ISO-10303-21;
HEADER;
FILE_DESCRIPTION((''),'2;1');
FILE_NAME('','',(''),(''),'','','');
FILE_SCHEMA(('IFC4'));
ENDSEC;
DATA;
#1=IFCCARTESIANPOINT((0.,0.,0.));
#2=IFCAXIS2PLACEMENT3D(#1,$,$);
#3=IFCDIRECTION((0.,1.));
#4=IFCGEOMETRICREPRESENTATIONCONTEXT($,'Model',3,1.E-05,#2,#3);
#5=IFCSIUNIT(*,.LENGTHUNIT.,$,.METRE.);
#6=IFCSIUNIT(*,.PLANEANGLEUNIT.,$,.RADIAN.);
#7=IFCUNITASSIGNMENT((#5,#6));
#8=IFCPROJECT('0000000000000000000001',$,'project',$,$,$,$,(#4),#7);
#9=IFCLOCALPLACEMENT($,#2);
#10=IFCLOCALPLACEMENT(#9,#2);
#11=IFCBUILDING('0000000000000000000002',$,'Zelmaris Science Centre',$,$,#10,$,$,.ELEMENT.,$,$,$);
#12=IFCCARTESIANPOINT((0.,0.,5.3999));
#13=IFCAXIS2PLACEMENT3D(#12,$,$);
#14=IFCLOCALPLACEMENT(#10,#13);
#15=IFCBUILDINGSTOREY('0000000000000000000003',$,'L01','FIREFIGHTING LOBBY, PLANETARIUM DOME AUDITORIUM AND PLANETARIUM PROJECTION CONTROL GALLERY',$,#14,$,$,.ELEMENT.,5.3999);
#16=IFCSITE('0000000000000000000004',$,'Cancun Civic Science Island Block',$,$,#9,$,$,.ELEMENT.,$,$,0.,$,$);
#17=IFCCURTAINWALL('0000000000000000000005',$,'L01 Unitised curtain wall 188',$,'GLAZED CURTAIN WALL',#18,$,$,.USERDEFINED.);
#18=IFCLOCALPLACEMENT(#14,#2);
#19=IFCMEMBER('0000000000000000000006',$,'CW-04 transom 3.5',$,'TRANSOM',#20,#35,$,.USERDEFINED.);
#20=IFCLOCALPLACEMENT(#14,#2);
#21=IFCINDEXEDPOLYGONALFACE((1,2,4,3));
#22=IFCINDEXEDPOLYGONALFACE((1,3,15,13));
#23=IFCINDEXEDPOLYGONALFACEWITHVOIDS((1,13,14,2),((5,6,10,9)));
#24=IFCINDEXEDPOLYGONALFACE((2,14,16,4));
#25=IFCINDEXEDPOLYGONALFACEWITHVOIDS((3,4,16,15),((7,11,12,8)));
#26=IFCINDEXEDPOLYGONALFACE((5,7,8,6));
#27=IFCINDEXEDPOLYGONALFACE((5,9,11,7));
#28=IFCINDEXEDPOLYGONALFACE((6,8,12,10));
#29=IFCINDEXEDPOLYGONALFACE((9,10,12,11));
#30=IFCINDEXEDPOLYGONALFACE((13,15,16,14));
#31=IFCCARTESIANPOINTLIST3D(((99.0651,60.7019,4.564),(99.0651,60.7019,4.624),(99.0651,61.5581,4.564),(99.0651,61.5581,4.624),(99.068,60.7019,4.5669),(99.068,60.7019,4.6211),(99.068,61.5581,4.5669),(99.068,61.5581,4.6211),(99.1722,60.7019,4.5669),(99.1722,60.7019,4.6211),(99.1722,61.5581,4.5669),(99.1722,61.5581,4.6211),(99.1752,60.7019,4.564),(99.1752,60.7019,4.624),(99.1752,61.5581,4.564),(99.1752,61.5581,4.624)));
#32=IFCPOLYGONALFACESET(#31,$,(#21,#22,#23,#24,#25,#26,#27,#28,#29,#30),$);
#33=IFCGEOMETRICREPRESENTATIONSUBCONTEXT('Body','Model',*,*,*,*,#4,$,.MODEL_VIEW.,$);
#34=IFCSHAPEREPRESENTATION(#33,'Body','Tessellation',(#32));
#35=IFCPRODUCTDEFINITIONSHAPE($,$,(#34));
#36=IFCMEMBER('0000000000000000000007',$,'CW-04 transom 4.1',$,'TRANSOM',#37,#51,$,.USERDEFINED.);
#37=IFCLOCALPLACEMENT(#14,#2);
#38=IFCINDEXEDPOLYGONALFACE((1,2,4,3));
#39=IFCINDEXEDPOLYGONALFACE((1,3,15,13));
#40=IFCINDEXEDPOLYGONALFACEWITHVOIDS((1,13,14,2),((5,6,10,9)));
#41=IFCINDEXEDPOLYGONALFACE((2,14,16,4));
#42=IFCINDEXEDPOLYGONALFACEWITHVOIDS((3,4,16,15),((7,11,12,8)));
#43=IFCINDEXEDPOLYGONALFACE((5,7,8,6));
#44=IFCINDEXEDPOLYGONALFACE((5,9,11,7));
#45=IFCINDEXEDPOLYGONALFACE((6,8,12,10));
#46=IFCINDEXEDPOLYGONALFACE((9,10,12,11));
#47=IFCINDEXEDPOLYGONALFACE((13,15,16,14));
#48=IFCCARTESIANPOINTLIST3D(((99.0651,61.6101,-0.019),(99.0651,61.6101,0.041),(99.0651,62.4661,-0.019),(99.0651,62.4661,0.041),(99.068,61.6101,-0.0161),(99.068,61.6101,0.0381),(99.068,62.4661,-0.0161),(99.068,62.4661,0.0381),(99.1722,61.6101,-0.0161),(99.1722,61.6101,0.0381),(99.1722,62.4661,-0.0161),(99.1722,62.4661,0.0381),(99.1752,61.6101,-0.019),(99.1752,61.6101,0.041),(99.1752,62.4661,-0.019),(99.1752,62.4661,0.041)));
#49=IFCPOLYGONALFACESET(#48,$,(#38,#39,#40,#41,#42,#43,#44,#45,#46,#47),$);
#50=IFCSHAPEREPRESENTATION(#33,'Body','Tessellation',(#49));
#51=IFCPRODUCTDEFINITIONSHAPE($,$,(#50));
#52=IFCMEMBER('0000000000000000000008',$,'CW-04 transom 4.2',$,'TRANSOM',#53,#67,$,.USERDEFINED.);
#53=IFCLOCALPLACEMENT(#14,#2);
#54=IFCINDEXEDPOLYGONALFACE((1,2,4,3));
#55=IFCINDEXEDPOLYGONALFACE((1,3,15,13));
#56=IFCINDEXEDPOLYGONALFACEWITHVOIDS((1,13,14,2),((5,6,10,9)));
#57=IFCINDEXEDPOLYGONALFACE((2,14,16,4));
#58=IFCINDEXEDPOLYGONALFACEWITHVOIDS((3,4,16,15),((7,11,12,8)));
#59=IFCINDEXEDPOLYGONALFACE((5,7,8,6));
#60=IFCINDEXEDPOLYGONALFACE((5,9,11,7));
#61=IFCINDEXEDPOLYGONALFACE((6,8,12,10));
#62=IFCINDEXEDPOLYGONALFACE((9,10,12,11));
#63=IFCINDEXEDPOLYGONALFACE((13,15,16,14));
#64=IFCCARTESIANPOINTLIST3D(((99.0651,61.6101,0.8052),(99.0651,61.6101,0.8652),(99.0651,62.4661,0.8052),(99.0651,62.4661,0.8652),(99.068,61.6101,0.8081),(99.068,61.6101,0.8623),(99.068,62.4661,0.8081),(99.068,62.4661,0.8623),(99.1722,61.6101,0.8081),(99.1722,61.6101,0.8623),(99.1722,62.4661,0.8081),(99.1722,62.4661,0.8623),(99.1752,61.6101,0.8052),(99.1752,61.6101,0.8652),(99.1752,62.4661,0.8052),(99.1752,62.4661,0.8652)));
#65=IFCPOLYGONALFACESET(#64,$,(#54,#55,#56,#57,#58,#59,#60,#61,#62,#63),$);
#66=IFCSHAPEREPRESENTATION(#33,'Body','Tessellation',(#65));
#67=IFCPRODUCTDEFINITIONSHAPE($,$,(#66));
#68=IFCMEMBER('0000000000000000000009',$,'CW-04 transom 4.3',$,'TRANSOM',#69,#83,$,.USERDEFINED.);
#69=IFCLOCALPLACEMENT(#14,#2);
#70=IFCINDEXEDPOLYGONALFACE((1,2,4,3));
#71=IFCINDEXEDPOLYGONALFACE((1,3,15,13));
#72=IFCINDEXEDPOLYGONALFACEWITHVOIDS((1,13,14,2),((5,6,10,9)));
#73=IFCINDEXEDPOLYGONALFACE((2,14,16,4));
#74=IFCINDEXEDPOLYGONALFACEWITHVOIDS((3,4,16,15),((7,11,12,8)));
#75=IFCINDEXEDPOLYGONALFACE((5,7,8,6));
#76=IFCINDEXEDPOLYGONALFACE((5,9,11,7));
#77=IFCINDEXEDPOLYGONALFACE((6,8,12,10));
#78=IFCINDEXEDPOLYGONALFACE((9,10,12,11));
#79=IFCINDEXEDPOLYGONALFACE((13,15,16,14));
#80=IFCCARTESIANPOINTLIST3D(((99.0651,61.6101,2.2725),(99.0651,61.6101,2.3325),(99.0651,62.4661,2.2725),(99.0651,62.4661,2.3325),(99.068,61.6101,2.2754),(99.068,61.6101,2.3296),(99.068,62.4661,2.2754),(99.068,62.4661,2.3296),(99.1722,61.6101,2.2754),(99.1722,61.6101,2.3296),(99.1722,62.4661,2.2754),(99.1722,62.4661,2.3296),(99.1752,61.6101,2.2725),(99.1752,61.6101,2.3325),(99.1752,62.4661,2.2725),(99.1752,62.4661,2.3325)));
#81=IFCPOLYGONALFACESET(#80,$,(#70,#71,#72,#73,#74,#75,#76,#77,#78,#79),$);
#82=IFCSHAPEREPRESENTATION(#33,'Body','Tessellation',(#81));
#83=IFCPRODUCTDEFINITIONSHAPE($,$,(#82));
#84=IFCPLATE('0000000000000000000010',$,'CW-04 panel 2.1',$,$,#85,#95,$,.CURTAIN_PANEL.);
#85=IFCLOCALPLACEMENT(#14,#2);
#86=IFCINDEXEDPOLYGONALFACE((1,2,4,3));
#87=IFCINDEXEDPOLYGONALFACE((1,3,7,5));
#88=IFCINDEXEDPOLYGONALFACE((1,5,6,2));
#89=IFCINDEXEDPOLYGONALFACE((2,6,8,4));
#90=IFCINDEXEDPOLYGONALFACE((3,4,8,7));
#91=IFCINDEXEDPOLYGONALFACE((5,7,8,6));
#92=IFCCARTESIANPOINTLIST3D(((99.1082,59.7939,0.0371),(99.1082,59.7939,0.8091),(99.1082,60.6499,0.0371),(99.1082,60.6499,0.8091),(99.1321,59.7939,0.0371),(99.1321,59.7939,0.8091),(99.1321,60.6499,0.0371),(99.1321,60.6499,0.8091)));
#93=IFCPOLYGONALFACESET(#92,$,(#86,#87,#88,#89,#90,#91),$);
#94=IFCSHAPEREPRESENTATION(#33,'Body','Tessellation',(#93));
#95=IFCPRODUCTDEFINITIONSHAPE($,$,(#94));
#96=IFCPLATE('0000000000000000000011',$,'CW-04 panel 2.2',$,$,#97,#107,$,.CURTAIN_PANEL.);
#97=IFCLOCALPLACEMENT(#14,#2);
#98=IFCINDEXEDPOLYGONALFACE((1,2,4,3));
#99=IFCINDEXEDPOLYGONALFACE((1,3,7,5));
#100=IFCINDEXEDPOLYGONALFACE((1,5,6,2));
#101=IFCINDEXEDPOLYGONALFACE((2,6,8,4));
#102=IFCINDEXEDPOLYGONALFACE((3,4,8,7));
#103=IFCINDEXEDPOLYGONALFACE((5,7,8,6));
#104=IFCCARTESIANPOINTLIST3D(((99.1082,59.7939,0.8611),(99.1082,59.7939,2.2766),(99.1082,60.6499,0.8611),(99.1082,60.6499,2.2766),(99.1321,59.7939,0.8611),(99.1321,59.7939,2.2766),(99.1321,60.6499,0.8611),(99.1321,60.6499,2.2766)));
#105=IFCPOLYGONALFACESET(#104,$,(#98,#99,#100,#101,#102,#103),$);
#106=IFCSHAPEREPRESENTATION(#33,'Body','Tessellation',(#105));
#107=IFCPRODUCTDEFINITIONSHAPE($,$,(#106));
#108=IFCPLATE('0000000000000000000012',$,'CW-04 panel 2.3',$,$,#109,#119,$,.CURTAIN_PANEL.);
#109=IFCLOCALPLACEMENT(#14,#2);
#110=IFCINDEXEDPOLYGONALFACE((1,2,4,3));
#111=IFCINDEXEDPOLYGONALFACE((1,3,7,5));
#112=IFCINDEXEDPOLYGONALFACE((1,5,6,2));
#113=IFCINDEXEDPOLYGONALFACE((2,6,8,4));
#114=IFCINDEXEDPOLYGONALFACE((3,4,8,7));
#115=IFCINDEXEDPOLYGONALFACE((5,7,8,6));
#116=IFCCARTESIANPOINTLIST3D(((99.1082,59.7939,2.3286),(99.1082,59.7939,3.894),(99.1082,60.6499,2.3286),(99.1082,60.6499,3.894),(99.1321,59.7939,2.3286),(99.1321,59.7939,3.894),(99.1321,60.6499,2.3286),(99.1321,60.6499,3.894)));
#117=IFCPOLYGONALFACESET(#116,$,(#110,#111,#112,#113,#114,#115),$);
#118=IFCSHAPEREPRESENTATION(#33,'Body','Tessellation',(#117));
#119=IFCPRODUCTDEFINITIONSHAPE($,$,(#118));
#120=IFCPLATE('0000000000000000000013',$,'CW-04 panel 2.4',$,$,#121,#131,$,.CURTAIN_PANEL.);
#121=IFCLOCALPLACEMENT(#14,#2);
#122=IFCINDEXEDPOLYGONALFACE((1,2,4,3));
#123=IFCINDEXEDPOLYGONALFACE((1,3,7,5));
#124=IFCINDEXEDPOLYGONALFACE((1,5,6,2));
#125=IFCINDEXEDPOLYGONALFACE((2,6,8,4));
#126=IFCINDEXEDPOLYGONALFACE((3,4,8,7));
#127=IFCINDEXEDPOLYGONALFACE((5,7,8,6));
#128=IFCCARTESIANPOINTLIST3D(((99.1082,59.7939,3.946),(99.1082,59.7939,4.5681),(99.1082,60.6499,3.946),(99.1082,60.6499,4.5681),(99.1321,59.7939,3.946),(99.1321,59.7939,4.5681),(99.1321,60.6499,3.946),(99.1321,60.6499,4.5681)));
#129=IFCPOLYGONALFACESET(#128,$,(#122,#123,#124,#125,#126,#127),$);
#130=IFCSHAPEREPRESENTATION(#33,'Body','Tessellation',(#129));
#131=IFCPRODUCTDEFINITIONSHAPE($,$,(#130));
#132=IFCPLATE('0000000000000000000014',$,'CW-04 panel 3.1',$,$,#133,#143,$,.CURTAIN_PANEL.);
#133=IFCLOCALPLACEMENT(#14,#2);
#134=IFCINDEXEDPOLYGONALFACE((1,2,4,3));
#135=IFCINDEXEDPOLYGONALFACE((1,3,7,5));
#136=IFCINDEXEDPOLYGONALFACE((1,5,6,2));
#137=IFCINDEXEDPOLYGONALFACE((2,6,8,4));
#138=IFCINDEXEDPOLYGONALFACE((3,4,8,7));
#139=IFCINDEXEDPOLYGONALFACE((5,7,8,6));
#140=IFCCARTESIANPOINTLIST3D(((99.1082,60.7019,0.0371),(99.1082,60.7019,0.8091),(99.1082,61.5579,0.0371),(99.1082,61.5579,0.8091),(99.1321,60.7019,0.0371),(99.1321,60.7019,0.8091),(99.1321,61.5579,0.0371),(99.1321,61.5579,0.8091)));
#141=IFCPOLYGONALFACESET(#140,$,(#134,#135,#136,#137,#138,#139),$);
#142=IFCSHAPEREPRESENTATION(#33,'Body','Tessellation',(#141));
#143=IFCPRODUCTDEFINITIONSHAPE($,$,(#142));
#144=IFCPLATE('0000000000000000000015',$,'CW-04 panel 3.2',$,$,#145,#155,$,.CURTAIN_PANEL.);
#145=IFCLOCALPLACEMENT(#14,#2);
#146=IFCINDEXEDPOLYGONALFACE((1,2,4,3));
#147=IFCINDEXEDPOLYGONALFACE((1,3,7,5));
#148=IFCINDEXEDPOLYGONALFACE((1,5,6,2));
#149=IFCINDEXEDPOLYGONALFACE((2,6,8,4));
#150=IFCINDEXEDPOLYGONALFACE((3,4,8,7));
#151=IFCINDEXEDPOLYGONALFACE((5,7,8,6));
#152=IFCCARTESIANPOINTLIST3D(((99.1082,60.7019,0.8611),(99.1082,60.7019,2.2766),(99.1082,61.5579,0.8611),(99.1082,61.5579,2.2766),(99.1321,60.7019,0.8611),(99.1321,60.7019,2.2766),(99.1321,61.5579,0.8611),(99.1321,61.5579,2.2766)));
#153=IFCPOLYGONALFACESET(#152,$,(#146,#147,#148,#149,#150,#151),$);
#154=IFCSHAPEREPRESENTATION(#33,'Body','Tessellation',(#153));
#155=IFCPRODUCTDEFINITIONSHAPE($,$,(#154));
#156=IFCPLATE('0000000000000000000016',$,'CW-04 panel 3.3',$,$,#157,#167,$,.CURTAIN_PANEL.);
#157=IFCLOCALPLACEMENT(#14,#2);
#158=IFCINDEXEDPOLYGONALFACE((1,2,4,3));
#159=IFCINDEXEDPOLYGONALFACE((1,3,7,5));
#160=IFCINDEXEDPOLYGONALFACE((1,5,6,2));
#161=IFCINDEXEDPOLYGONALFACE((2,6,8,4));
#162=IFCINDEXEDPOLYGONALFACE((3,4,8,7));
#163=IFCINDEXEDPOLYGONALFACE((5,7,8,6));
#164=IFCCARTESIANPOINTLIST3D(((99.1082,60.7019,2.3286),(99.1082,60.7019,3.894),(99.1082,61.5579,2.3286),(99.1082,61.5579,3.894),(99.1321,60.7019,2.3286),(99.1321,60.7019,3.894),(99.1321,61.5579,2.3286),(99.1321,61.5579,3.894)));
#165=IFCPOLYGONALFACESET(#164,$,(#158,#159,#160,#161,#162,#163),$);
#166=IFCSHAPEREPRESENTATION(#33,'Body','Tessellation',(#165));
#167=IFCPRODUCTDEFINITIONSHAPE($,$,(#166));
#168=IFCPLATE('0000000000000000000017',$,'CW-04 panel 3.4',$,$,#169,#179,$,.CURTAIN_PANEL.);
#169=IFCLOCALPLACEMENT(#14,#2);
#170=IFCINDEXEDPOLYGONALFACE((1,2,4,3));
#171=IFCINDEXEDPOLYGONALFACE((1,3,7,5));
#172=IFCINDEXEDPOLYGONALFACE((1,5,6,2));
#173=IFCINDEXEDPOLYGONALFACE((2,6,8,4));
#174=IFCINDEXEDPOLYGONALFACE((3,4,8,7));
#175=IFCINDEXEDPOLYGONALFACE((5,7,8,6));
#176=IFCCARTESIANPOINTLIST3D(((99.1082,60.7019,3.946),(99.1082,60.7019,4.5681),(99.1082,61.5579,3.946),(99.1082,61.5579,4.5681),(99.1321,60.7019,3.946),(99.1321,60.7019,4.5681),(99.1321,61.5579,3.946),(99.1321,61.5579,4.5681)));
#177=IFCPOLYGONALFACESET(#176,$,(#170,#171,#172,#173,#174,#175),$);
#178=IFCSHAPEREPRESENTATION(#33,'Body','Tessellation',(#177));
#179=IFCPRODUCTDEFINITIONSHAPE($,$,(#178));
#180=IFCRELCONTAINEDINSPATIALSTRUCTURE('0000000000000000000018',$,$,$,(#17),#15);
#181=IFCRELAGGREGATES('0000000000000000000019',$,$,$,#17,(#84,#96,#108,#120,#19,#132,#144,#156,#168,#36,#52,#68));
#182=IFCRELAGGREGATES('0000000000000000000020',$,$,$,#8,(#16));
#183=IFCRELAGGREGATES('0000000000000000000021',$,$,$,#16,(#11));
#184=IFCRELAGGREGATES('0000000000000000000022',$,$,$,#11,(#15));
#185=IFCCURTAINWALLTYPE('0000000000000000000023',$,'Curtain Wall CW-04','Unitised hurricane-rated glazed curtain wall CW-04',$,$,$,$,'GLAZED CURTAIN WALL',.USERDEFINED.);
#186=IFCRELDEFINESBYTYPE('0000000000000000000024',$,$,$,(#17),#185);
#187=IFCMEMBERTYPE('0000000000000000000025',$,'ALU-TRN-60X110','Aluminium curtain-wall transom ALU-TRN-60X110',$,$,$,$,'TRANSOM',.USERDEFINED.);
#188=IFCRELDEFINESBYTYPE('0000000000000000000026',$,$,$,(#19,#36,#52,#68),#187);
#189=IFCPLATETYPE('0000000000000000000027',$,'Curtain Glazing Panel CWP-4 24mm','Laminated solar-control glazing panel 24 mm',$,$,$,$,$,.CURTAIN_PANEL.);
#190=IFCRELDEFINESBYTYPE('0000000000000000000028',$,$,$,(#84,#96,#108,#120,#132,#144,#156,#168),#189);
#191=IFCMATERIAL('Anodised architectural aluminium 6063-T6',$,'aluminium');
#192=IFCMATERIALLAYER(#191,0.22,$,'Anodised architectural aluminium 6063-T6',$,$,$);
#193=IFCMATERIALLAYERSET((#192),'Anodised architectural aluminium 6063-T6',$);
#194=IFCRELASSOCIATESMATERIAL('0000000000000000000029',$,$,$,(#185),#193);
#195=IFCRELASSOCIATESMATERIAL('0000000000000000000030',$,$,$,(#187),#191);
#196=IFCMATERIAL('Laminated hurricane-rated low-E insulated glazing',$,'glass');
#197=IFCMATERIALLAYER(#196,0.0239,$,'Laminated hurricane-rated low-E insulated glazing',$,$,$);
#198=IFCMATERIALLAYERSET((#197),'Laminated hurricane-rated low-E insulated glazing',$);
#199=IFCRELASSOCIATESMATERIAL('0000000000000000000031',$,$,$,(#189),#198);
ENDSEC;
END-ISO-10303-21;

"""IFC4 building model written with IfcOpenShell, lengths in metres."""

from ifc_helpers import new_model, si_unit, direction, frame, origin, origin_2d, place, context, subcontext, project, spatial, rectangle, hollow_rectangle, extrude, material, layer, layer_set, material_profile, profile_set, type_object, element, aggregate, save


model = new_model("IFC4")

# Units and contexts
model_context = context("Model", 3, precision=1e-05, world=origin(), true_north=direction((0.0, 1.0)))
body_context = subcontext(model_context, "Body", "Model", "MODEL_VIEW")
ifc_project = project(units=[si_unit("LENGTHUNIT", "METRE"), si_unit("PLANEANGLEUNIT", "RADIAN")], contexts=[model_context])

# Site, building, storey
site_placement = place(None, origin())
site = spatial("IfcSite", under=ifc_project, at=site_placement, Name="Cancun Civic Science Island Block", CompositionType="ELEMENT", RefElevation=0.0)
building_placement = place(site_placement, origin())
building = spatial("IfcBuilding", under=site, at=building_placement, Name="Zelmaris Science Centre", CompositionType="ELEMENT")
storey_placement = place(building_placement, frame((0.0, 0.0, 5.3999)))
storey = spatial("IfcBuildingStorey", under=building, at=storey_placement, Name="L01", Description="FIREFIGHTING LOBBY, PLANETARIUM DOME AUDITORIUM AND PLANETARIUM PROJECTION CONTROL GALLERY", CompositionType="ELEMENT", Elevation=5.3999)

# Curtain wall, members, plates
ifc_material_1 = material(Name="Anodised architectural aluminium 6063-T6", Category="aluminium")
ifc_layer_1 = layer(ifc_material_1, 0.22, Name="Anodised architectural aluminium 6063-T6")
ifc_layer_set_1 = layer_set([ifc_layer_1], Name="Anodised architectural aluminium 6063-T6")
curtain_wall_type = type_object("IfcCurtainWallType", Name="Curtain Wall CW-04", Description="Unitised hurricane-rated glazed curtain wall CW-04", ElementType="GLAZED CURTAIN WALL", PredefinedType="USERDEFINED", material=ifc_layer_set_1)
curtain_wall_placement = place(storey_placement, origin())
curtain_wall = element("IfcCurtainWall", 1, at=curtain_wall_placement, inside=storey, type_object=curtain_wall_type, Name="L01 Unitised curtain wall 188", ObjectType="GLAZED CURTAIN WALL", PredefinedType="USERDEFINED")
ifc_material_profile_1 = material_profile(ifc_material_1, hollow_rectangle(XDim=0.0601, YDim=0.1101, WallThickness=0.0029, at=origin_2d()), Name="ALU-TRN-60X110")
ifc_profile_set_1 = profile_set([ifc_material_profile_1], Name="Anodised architectural aluminium 6063-T6")
member_type_1 = type_object("IfcMemberType", Name="ALU-TRN-60X110", Description="Aluminium curtain-wall transom ALU-TRN-60X110", ElementType="TRANSOM", PredefinedType="USERDEFINED", material=ifc_profile_set_1)
member_1_placement = place(storey_placement, frame((99.1201, 60.7019, 4.594), z_axis=(0.0, 1.0, 0.0), x_axis=(0.0, 0.0, 1.0)))
member_1 = element("IfcMember", 2, at=member_1_placement, type_object=member_type_1, Name="CW-04 transom 3.5", ObjectType="TRANSOM", PredefinedType="USERDEFINED", context=body_context, shape_type="SweptSolid", body=[
    extrude(hollow_rectangle(XDim=0.0601, YDim=0.1101, WallThickness=0.0029, at=origin_2d()), origin(), (0.0, 0.0, 1.0), 0.8562),
])
member_2_placement = place(storey_placement, frame((99.1201, 61.6101, 0.011), z_axis=(0.0, 1.0, 0.0), x_axis=(0.0, 0.0, 1.0)))
member_2 = element("IfcMember", 3, at=member_2_placement, type_object=member_type_1, Name="CW-04 transom 4.1", ObjectType="TRANSOM", PredefinedType="USERDEFINED", context=body_context, shape_type="SweptSolid", body=[
    extrude(hollow_rectangle(XDim=0.0601, YDim=0.1101, WallThickness=0.0029, at=origin_2d()), origin(), (0.0, 0.0, 1.0), 0.856),
])
member_3_placement = place(storey_placement, frame((99.1201, 61.6101, 0.8352), z_axis=(0.0, 1.0, 0.0), x_axis=(0.0, 0.0, 1.0)))
member_3 = element("IfcMember", 4, at=member_3_placement, type_object=member_type_1, Name="CW-04 transom 4.2", ObjectType="TRANSOM", PredefinedType="USERDEFINED", context=body_context, shape_type="SweptSolid", body=[
    extrude(hollow_rectangle(XDim=0.0601, YDim=0.1101, WallThickness=0.0029, at=origin_2d()), origin(), (0.0, 0.0, 1.0), 0.856),
])
member_4_placement = place(storey_placement, frame((99.1201, 61.6101, 2.3025), z_axis=(0.0, 1.0, 0.0), x_axis=(0.0, 0.0, 1.0)))
member_4 = element("IfcMember", 5, at=member_4_placement, type_object=member_type_1, Name="CW-04 transom 4.3", ObjectType="TRANSOM", PredefinedType="USERDEFINED", context=body_context, shape_type="SweptSolid", body=[
    extrude(hollow_rectangle(XDim=0.0601, YDim=0.1101, WallThickness=0.0029, at=origin_2d()), origin(), (0.0, 0.0, 1.0), 0.856),
])
ifc_material_2 = material(Name="Laminated hurricane-rated low-E insulated glazing", Category="glass")
ifc_layer_2 = layer(ifc_material_2, 0.0239, Name="Laminated hurricane-rated low-E insulated glazing")
ifc_layer_set_2 = layer_set([ifc_layer_2], Name="Laminated hurricane-rated low-E insulated glazing")
plate_type = type_object("IfcPlateType", Name="Curtain Glazing Panel CWP-4 24mm", Description="Laminated solar-control glazing panel 24 mm", PredefinedType="CURTAIN_PANEL", material=ifc_layer_set_2)
plate_1_placement = place(storey_placement, frame((99.1201, 60.2219, 0.0371), z_axis=(0.0, 0.0, 1.0), x_axis=(0.0, 1.0, 0.0)))
plate_1 = element("IfcPlate", 6, at=plate_1_placement, type_object=plate_type, Name="CW-04 panel 2.1", PredefinedType="CURTAIN_PANEL", context=body_context, shape_type="SweptSolid", body=[
    extrude(rectangle(XDim=0.856, YDim=0.0239, at=origin_2d()), origin(), (0.0, 0.0, 1.0), 0.772),
])
plate_2_placement = place(storey_placement, frame((99.1201, 60.2219, 0.8611), z_axis=(0.0, 0.0, 1.0), x_axis=(0.0, 1.0, 0.0)))
plate_2 = element("IfcPlate", 7, at=plate_2_placement, type_object=plate_type, Name="CW-04 panel 2.2", PredefinedType="CURTAIN_PANEL", context=body_context, shape_type="SweptSolid", body=[
    extrude(rectangle(XDim=0.856, YDim=0.0239, at=origin_2d()), origin(), (0.0, 0.0, 1.0), 1.4155),
])
plate_3_placement = place(storey_placement, frame((99.1201, 60.2219, 2.3286), z_axis=(0.0, 0.0, 1.0), x_axis=(0.0, 1.0, 0.0)))
plate_3 = element("IfcPlate", 8, at=plate_3_placement, type_object=plate_type, Name="CW-04 panel 2.3", PredefinedType="CURTAIN_PANEL", context=body_context, shape_type="SweptSolid", body=[
    extrude(rectangle(XDim=0.856, YDim=0.0239, at=origin_2d()), origin(), (0.0, 0.0, 1.0), 1.5654),
])
plate_4_placement = place(storey_placement, frame((99.1201, 60.2219, 3.946), z_axis=(0.0, 0.0, 1.0), x_axis=(0.0, 1.0, 0.0)))
plate_4 = element("IfcPlate", 9, at=plate_4_placement, type_object=plate_type, Name="CW-04 panel 2.4", PredefinedType="CURTAIN_PANEL", context=body_context, shape_type="SweptSolid", body=[
    extrude(rectangle(XDim=0.856, YDim=0.0239, at=origin_2d()), origin(), (0.0, 0.0, 1.0), 0.6221),
])
plate_5_placement = place(storey_placement, frame((99.1201, 61.1299, 0.0371), z_axis=(0.0, 0.0, 1.0), x_axis=(0.0, 1.0, 0.0)))
plate_5 = element("IfcPlate", 10, at=plate_5_placement, type_object=plate_type, Name="CW-04 panel 3.1", PredefinedType="CURTAIN_PANEL", context=body_context, shape_type="SweptSolid", body=[
    extrude(rectangle(XDim=0.856, YDim=0.0239, at=origin_2d()), origin(), (0.0, 0.0, 1.0), 0.772),
])
plate_6_placement = place(storey_placement, frame((99.1201, 61.1299, 0.8611), z_axis=(0.0, 0.0, 1.0), x_axis=(0.0, 1.0, 0.0)))
plate_6 = element("IfcPlate", 11, at=plate_6_placement, type_object=plate_type, Name="CW-04 panel 3.2", PredefinedType="CURTAIN_PANEL", context=body_context, shape_type="SweptSolid", body=[
    extrude(rectangle(XDim=0.856, YDim=0.0239, at=origin_2d()), origin(), (0.0, 0.0, 1.0), 1.4155),
])
plate_7_placement = place(storey_placement, frame((99.1201, 61.1299, 2.3286), z_axis=(0.0, 0.0, 1.0), x_axis=(0.0, 1.0, 0.0)))
plate_7 = element("IfcPlate", 12, at=plate_7_placement, type_object=plate_type, Name="CW-04 panel 3.3", PredefinedType="CURTAIN_PANEL", context=body_context, shape_type="SweptSolid", body=[
    extrude(rectangle(XDim=0.856, YDim=0.0239, at=origin_2d()), origin(), (0.0, 0.0, 1.0), 1.5654),
])
plate_8_placement = place(storey_placement, frame((99.1201, 61.1299, 3.946), z_axis=(0.0, 0.0, 1.0), x_axis=(0.0, 1.0, 0.0)))
plate_8 = element("IfcPlate", 13, at=plate_8_placement, type_object=plate_type, Name="CW-04 panel 3.4", PredefinedType="CURTAIN_PANEL", context=body_context, shape_type="SweptSolid", body=[
    extrude(rectangle(XDim=0.856, YDim=0.0239, at=origin_2d()), origin(), (0.0, 0.0, 1.0), 0.6221),
])
aggregate(curtain_wall, [plate_1, plate_2, plate_3, plate_4, member_1, plate_5, plate_6, plate_7, plate_8, member_2, member_3, member_4])

save(model, "model.ifc")
